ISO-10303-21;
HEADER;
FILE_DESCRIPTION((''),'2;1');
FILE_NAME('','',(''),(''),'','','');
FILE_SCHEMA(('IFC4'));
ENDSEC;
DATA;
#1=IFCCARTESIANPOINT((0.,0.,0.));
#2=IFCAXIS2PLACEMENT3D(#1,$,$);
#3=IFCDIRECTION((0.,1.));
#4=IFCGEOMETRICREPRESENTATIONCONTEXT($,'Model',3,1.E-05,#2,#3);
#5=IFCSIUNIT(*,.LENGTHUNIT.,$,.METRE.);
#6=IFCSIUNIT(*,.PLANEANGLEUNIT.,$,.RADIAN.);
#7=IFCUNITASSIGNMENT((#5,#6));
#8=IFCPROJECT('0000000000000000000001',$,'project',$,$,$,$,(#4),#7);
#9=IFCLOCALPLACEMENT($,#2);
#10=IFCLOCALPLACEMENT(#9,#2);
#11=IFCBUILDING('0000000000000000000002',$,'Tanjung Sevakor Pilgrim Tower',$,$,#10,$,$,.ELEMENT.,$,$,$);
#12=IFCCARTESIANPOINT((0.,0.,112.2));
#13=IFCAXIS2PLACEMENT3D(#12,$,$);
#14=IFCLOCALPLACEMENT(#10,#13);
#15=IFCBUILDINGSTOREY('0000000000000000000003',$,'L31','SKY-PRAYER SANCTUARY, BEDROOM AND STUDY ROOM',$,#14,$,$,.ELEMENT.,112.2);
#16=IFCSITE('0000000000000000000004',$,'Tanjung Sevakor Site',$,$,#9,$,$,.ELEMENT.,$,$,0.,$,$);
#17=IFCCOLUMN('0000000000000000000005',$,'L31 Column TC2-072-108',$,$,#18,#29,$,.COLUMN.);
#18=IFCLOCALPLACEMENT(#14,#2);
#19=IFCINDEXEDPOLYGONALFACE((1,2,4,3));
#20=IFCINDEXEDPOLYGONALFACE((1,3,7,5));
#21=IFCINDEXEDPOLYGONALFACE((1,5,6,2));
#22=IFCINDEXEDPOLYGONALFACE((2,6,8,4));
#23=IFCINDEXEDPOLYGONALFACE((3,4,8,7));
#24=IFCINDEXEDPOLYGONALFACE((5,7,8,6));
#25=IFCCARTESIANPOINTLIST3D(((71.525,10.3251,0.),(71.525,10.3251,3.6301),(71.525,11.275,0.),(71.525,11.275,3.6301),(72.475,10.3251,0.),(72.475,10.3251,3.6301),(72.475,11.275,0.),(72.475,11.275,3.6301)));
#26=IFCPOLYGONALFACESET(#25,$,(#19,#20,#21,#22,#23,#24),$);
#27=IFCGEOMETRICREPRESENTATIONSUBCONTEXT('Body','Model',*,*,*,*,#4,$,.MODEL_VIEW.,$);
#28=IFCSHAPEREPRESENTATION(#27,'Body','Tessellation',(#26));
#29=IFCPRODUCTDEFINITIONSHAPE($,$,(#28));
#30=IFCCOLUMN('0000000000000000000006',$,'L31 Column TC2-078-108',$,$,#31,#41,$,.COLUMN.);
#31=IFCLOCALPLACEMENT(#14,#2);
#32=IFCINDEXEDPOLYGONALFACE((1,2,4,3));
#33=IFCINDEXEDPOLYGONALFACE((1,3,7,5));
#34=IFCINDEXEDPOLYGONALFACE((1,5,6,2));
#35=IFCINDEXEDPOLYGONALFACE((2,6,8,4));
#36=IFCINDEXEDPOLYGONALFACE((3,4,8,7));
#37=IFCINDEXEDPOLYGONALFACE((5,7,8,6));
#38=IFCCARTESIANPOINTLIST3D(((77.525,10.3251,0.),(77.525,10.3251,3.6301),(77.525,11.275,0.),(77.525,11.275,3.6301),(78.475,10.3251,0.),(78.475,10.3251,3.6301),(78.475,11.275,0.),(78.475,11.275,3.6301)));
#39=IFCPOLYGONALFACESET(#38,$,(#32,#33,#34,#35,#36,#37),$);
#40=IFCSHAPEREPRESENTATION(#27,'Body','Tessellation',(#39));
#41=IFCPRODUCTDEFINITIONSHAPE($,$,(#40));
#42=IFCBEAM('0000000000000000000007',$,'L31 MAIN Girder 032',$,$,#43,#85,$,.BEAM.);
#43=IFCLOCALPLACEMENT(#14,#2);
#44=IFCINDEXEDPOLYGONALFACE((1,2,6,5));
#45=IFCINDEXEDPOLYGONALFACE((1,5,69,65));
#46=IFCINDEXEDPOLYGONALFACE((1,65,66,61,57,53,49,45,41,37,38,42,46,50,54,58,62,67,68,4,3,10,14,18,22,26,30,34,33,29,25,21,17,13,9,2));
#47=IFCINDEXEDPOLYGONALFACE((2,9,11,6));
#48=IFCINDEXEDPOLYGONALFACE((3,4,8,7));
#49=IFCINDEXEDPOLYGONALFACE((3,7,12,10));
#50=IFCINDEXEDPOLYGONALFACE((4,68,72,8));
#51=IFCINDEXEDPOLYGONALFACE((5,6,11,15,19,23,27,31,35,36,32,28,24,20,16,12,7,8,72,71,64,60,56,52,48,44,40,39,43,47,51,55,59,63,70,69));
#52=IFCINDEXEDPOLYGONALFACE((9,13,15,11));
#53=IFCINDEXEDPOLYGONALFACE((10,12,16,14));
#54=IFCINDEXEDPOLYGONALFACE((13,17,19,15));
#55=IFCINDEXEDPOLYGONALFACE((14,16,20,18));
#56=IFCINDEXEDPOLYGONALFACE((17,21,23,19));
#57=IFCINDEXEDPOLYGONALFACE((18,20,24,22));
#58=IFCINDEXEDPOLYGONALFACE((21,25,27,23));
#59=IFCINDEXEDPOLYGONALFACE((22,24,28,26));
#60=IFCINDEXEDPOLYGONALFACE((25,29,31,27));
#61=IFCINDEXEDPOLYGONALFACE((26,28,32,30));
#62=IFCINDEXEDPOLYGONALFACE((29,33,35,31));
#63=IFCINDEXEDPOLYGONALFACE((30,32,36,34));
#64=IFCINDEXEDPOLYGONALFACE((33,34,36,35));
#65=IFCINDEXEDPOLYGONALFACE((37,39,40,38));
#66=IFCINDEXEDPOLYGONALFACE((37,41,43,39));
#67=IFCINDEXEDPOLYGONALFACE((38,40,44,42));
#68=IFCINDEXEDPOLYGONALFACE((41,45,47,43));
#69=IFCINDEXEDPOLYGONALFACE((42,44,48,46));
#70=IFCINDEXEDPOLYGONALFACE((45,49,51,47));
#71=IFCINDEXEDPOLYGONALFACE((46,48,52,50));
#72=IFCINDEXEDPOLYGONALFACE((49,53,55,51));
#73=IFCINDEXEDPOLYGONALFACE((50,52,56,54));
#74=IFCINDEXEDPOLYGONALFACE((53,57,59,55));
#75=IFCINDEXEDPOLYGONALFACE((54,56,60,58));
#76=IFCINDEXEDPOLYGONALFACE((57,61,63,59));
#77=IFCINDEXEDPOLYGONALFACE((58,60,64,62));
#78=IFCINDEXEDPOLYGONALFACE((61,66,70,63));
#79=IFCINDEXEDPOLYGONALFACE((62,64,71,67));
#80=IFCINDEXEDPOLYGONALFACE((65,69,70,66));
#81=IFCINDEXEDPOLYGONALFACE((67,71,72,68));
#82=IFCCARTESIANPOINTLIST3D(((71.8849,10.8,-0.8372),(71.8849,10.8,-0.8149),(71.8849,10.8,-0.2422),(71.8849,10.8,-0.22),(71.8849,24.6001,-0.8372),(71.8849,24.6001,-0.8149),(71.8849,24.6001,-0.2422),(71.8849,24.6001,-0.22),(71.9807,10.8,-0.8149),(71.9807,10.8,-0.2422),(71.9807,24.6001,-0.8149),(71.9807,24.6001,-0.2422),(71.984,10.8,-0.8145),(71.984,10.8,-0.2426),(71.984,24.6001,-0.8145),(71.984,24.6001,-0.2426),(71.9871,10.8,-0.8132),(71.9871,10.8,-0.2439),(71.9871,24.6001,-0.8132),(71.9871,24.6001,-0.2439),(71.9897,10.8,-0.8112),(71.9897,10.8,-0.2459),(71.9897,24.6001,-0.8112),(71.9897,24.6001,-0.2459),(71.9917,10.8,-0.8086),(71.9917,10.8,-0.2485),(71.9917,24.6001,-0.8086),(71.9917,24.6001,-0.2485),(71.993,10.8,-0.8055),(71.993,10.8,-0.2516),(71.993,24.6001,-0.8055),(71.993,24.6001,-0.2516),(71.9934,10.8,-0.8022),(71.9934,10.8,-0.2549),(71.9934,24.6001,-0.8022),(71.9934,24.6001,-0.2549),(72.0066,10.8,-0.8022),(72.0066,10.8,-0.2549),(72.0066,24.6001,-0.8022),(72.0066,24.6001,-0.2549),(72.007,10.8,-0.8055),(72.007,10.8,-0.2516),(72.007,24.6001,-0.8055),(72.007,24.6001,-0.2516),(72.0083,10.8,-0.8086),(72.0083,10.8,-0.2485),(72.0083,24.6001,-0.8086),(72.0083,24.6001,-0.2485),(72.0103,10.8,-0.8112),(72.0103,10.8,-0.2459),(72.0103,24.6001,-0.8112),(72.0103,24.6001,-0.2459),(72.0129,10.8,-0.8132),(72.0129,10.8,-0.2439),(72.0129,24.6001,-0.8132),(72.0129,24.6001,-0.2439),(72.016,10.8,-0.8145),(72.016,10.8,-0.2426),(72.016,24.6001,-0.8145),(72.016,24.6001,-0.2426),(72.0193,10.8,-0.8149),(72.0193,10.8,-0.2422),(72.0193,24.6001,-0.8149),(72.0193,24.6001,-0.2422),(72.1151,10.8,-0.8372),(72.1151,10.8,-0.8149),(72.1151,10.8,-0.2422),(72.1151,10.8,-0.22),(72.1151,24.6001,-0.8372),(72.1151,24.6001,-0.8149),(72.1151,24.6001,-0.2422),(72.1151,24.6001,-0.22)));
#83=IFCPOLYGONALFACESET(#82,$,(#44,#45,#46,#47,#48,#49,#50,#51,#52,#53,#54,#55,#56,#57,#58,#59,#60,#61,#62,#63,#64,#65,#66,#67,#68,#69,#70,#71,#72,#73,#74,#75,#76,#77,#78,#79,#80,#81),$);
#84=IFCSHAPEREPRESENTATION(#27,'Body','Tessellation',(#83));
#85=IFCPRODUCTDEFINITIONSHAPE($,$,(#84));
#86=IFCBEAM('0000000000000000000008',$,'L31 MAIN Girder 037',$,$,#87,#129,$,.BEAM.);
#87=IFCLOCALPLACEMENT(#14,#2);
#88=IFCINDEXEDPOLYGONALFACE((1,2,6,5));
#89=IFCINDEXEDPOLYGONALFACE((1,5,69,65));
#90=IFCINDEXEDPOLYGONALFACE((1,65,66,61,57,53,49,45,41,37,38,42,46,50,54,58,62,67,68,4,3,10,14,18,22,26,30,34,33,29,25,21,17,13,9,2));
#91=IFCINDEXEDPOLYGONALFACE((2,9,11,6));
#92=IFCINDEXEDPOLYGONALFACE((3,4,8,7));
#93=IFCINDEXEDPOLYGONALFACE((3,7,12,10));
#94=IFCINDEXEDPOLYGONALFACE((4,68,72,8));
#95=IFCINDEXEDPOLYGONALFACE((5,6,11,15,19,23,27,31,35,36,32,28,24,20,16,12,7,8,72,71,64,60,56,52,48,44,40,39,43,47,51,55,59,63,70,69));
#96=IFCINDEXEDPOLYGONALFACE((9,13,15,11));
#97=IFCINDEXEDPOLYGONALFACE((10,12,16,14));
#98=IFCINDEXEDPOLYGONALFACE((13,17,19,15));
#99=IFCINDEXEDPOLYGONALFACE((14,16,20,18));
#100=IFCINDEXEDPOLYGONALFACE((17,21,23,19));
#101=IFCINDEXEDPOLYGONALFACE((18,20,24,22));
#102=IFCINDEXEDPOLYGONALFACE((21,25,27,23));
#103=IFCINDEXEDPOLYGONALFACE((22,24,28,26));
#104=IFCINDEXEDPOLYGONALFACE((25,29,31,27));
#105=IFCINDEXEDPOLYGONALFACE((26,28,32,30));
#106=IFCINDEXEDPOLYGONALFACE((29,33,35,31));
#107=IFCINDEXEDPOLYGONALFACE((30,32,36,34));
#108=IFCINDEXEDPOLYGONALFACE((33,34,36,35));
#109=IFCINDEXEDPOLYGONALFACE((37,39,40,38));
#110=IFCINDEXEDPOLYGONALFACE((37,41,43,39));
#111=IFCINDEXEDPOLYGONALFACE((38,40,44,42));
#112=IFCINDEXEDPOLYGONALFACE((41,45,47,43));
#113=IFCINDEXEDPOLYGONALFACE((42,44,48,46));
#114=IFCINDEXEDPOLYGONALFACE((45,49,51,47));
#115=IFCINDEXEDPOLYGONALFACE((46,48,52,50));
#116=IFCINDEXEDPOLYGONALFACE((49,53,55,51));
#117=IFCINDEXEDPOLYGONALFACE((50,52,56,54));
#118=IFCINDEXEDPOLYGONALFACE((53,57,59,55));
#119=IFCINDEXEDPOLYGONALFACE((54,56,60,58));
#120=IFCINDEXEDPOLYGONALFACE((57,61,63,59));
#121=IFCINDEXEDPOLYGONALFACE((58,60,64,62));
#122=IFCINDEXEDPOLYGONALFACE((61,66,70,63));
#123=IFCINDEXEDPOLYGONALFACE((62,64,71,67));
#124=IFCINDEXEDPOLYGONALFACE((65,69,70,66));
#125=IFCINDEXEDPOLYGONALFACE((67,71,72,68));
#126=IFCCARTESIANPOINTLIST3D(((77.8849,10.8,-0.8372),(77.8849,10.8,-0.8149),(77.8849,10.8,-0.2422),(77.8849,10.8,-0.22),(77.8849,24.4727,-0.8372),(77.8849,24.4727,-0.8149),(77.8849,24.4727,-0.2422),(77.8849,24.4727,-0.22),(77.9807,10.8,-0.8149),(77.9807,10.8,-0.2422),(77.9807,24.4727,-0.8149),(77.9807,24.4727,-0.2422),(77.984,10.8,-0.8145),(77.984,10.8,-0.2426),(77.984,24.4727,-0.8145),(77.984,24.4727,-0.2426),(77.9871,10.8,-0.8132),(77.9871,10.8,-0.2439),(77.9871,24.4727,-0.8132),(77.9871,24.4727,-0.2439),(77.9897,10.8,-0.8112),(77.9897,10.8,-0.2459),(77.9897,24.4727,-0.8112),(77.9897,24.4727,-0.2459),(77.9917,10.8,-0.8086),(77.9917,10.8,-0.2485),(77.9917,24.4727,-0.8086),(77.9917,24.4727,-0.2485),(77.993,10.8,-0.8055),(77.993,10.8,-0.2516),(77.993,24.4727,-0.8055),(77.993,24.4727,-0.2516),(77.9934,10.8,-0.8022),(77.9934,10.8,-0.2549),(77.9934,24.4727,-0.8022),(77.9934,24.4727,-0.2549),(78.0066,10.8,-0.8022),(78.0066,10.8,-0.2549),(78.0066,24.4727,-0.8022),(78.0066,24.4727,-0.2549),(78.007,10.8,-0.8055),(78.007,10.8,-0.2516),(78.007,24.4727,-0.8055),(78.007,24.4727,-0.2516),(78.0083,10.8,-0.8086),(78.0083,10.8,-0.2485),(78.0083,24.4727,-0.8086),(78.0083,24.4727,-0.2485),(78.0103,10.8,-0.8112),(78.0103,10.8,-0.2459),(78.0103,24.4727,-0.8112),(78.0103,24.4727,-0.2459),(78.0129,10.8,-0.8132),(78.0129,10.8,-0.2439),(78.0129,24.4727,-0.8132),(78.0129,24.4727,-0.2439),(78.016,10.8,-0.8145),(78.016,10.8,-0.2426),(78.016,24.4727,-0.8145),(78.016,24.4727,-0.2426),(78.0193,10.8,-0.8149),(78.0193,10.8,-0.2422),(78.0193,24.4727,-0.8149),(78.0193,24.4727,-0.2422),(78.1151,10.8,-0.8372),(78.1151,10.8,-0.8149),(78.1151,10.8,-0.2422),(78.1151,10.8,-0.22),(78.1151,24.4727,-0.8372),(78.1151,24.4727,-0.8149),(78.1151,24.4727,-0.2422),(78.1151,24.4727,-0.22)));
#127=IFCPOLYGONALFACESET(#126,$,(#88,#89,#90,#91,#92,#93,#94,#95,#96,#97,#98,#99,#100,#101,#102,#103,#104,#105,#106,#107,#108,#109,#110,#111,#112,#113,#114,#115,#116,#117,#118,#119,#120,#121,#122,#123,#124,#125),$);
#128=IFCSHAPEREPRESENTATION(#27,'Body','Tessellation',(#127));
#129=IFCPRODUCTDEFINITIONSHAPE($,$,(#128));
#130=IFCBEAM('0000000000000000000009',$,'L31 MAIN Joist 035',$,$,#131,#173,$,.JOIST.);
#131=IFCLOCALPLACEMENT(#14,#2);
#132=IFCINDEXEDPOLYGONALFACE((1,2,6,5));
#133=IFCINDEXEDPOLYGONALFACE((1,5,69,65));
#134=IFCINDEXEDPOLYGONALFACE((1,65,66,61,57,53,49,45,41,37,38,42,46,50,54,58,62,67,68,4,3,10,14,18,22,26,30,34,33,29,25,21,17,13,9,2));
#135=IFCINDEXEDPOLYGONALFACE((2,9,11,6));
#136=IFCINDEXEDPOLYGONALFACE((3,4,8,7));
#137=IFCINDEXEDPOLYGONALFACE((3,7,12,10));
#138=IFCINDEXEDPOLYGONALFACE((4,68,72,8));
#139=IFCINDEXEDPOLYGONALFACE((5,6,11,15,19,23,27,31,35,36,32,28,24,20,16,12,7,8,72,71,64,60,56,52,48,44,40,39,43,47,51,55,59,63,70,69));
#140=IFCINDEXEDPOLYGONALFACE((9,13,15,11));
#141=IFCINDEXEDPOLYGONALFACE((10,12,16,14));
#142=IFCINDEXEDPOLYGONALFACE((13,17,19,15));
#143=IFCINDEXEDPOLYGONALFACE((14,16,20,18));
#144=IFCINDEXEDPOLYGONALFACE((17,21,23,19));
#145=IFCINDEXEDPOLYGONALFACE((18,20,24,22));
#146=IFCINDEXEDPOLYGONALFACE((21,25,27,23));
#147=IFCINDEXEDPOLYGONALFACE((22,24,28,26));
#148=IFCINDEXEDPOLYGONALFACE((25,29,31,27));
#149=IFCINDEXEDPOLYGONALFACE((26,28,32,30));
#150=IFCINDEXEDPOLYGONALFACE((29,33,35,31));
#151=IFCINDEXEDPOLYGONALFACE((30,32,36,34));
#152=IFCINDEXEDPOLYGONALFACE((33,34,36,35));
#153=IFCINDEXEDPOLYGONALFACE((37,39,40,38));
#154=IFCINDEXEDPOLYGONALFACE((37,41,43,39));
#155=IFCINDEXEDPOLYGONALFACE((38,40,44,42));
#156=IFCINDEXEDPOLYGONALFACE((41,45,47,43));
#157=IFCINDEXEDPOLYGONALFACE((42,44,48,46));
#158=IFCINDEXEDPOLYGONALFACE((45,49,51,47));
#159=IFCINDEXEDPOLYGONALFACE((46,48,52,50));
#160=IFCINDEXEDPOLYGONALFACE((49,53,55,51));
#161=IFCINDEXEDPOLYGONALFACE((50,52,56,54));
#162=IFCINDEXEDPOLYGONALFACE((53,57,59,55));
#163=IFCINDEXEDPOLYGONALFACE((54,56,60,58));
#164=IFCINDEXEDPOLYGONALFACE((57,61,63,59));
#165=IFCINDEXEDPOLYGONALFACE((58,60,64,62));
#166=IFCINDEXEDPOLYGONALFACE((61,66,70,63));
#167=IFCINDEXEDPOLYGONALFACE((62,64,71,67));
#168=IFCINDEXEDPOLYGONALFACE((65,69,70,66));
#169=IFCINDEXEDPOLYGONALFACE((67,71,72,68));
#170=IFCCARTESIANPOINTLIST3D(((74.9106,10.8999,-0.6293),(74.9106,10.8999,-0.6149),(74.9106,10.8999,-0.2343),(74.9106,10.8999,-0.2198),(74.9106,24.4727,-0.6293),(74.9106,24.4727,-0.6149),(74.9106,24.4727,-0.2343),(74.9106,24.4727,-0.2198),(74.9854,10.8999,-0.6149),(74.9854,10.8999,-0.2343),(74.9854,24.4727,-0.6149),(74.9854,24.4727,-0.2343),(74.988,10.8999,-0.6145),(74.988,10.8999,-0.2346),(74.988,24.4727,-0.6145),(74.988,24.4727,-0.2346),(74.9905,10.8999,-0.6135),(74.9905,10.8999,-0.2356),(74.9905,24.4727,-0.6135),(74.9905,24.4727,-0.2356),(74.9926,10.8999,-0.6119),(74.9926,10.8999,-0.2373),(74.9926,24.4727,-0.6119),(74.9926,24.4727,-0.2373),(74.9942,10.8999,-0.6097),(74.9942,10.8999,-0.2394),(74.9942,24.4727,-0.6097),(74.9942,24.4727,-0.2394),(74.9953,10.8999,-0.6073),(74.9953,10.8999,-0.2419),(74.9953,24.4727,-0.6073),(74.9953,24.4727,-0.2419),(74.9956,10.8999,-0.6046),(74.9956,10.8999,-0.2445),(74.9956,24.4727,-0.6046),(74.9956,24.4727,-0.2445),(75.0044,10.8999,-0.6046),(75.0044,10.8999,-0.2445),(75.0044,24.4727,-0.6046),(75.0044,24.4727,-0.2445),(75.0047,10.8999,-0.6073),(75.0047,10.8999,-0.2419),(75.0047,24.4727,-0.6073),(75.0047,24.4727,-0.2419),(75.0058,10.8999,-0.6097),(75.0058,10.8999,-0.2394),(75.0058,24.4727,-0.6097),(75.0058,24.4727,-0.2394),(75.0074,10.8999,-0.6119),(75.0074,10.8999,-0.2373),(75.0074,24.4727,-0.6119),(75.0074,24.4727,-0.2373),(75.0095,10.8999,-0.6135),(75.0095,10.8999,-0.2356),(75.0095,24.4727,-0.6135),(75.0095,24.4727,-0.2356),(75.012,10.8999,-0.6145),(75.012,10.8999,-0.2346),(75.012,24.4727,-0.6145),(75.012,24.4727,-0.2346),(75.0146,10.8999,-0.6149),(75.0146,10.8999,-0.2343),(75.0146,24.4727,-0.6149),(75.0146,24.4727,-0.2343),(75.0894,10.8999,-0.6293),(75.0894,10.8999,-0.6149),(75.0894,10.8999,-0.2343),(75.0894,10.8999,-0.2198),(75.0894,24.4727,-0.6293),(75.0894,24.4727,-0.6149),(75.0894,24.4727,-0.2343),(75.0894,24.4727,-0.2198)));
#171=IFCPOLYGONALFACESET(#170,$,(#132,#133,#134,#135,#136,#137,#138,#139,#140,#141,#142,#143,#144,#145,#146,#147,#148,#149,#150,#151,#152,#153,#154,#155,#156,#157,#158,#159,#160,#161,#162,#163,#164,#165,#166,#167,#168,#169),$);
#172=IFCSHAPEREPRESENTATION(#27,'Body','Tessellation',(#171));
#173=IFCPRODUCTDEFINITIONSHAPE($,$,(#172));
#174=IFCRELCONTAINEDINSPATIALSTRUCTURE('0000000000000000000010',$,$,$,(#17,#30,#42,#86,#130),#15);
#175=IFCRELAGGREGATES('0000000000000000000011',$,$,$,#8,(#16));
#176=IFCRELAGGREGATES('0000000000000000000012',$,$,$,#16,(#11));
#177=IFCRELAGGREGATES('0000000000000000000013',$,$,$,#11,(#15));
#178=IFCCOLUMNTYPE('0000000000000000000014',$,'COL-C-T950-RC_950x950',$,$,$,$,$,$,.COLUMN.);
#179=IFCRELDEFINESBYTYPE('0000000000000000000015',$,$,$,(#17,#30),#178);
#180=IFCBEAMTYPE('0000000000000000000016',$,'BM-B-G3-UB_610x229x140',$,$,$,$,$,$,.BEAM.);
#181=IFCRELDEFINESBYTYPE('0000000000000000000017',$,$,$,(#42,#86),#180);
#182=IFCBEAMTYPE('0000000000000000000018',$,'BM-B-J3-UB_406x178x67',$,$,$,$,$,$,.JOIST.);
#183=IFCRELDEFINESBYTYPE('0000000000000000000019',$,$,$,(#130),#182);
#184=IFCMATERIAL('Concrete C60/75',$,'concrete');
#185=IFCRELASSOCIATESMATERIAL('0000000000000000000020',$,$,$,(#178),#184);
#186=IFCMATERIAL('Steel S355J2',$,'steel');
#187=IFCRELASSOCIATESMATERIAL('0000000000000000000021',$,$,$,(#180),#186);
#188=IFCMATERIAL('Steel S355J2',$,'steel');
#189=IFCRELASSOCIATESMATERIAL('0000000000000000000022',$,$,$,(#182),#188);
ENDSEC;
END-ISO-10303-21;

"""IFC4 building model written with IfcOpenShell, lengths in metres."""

from ifc_helpers import new_model, si_unit, direction, frame, origin, origin_2d, place, context, subcontext, project, spatial, rectangle, i_section, extrude, material, material_profile, profile_set, type_object, element, save


model = new_model("IFC4")

# Units and contexts
model_context = context("Model", 3, precision=1e-05, world=origin(), true_north=direction((0.0, 1.0)))
body_context = subcontext(model_context, "Body", "Model", "MODEL_VIEW")
ifc_project = project(units=[si_unit("LENGTHUNIT", "METRE"), si_unit("PLANEANGLEUNIT", "RADIAN")], contexts=[model_context])

# Site, building, storey
site_placement = place(None, origin())
site = spatial("IfcSite", under=ifc_project, at=site_placement, Name="Tanjung Sevakor Site", CompositionType="ELEMENT", RefElevation=0.0)
building_placement = place(site_placement, origin())
building = spatial("IfcBuilding", under=site, at=building_placement, Name="Tanjung Sevakor Pilgrim Tower", CompositionType="ELEMENT")
storey_placement = place(building_placement, frame((0.0, 0.0, 112.2)))
storey = spatial("IfcBuildingStorey", under=building, at=storey_placement, Name="L31", Description="SKY-PRAYER SANCTUARY, BEDROOM AND STUDY ROOM", CompositionType="ELEMENT", Elevation=112.2)

# Columns
ifc_material_1 = material(Name="Concrete C60/75", Category="concrete")
ifc_material_profile_1 = material_profile(ifc_material_1, rectangle(XDim=0.95, YDim=0.95, at=origin_2d()))
ifc_profile_set_1 = profile_set([ifc_material_profile_1], Name="Concrete C60/75")
column_type = type_object("IfcColumnType", Name="COL-C-T950-RC_950x950", PredefinedType="COLUMN", material=ifc_profile_set_1)
for number, where, z_axis, x_axis, name in (
    (1, (72.0, 10.8, 0.0), (0.0, 0.0, 1.0), (1.0, 0.0, 0.0), "L31 Column TC2-072-108"),
    (2, (78.0, 10.8, 0.0), (0.0, 0.0, 1.0), (1.0, 0.0, 0.0), "L31 Column TC2-078-108"),
):
    element("IfcColumn", number, at=place(storey_placement, frame(where, z_axis=z_axis, x_axis=x_axis)), inside=storey, type_object=column_type, Name=name, PredefinedType="COLUMN", context=body_context, shape_type="SweptSolid", body=[
        extrude(rectangle(XDim=0.95, YDim=0.95, at=origin_2d()), origin(), (0.0, 0.0, 1.0), 3.6301),
    ])

# Beams
ifc_material_2 = material(Name="Steel S355J2", Category="steel")
ifc_material_profile_2 = material_profile(ifc_material_2, i_section(OverallWidth=0.2302, OverallDepth=0.6172, WebThickness=0.0132, FlangeThickness=0.0222, FilletRadius=0.0127, at=origin_2d()))
ifc_profile_set_2 = profile_set([ifc_material_profile_2], Name="Steel S355J2")
beam_type_1 = type_object("IfcBeamType", Name="BM-B-G3-UB_610x229x140", PredefinedType="BEAM", material=ifc_profile_set_2)
beam_1_placement = place(storey_placement, frame((72.0, 10.8, -0.5286), z_axis=(0.0, 1.0, 0.0), x_axis=(-1.0, 0.0, 0.0)))
element("IfcBeam", 3, at=beam_1_placement, inside=storey, type_object=beam_type_1, Name="L31 MAIN Girder 032", PredefinedType="BEAM", context=body_context, shape_type="SweptSolid", body=[
    extrude(i_section(OverallWidth=0.2302, OverallDepth=0.6172, WebThickness=0.0132, FlangeThickness=0.0222, FilletRadius=0.0127, at=origin_2d()), origin(), (0.0, 0.0, 1.0), 13.8),
])
beam_2_placement = place(storey_placement, frame((78.0, 10.8, -0.5286), z_axis=(0.0, 1.0, 0.0), x_axis=(-1.0, 0.0, 0.0)))
element("IfcBeam", 4, at=beam_2_placement, inside=storey, type_object=beam_type_1, Name="L31 MAIN Girder 037", PredefinedType="BEAM", context=body_context, shape_type="SweptSolid", body=[
    extrude(i_section(OverallWidth=0.2302, OverallDepth=0.6172, WebThickness=0.0132, FlangeThickness=0.0222, FilletRadius=0.0127, at=origin_2d()), origin(), (0.0, 0.0, 1.0), 13.6726),
])
ifc_material_3 = material(Name="Steel S355J2", Category="steel")
ifc_material_profile_3 = material_profile(ifc_material_3, i_section(OverallWidth=0.1787, OverallDepth=0.4094, WebThickness=0.0088, FlangeThickness=0.0144, FilletRadius=0.0103, at=origin_2d()))
ifc_profile_set_3 = profile_set([ifc_material_profile_3], Name="Steel S355J2")
beam_type_2 = type_object("IfcBeamType", Name="BM-B-J3-UB_406x178x67", PredefinedType="JOIST", material=ifc_profile_set_3)
for number, where, z_axis, x_axis, name in (
    (5, (75.0, 10.8999, -0.4246), (0.0, 1.0, 0.0), (-1.0, 0.0, 0.0), "L31 MAIN Joist 035"),
):
    element("IfcBeam", number, at=place(storey_placement, frame(where, z_axis=z_axis, x_axis=x_axis)), inside=storey, type_object=beam_type_2, Name=name, PredefinedType="JOIST", context=body_context, shape_type="SweptSolid", body=[
        extrude(i_section(OverallWidth=0.1787, OverallDepth=0.4094, WebThickness=0.0088, FlangeThickness=0.0144, FilletRadius=0.0103, at=origin_2d()), origin(), (0.0, 0.0, 1.0), 13.5728),
    ])

save(model, "model.ifc")
